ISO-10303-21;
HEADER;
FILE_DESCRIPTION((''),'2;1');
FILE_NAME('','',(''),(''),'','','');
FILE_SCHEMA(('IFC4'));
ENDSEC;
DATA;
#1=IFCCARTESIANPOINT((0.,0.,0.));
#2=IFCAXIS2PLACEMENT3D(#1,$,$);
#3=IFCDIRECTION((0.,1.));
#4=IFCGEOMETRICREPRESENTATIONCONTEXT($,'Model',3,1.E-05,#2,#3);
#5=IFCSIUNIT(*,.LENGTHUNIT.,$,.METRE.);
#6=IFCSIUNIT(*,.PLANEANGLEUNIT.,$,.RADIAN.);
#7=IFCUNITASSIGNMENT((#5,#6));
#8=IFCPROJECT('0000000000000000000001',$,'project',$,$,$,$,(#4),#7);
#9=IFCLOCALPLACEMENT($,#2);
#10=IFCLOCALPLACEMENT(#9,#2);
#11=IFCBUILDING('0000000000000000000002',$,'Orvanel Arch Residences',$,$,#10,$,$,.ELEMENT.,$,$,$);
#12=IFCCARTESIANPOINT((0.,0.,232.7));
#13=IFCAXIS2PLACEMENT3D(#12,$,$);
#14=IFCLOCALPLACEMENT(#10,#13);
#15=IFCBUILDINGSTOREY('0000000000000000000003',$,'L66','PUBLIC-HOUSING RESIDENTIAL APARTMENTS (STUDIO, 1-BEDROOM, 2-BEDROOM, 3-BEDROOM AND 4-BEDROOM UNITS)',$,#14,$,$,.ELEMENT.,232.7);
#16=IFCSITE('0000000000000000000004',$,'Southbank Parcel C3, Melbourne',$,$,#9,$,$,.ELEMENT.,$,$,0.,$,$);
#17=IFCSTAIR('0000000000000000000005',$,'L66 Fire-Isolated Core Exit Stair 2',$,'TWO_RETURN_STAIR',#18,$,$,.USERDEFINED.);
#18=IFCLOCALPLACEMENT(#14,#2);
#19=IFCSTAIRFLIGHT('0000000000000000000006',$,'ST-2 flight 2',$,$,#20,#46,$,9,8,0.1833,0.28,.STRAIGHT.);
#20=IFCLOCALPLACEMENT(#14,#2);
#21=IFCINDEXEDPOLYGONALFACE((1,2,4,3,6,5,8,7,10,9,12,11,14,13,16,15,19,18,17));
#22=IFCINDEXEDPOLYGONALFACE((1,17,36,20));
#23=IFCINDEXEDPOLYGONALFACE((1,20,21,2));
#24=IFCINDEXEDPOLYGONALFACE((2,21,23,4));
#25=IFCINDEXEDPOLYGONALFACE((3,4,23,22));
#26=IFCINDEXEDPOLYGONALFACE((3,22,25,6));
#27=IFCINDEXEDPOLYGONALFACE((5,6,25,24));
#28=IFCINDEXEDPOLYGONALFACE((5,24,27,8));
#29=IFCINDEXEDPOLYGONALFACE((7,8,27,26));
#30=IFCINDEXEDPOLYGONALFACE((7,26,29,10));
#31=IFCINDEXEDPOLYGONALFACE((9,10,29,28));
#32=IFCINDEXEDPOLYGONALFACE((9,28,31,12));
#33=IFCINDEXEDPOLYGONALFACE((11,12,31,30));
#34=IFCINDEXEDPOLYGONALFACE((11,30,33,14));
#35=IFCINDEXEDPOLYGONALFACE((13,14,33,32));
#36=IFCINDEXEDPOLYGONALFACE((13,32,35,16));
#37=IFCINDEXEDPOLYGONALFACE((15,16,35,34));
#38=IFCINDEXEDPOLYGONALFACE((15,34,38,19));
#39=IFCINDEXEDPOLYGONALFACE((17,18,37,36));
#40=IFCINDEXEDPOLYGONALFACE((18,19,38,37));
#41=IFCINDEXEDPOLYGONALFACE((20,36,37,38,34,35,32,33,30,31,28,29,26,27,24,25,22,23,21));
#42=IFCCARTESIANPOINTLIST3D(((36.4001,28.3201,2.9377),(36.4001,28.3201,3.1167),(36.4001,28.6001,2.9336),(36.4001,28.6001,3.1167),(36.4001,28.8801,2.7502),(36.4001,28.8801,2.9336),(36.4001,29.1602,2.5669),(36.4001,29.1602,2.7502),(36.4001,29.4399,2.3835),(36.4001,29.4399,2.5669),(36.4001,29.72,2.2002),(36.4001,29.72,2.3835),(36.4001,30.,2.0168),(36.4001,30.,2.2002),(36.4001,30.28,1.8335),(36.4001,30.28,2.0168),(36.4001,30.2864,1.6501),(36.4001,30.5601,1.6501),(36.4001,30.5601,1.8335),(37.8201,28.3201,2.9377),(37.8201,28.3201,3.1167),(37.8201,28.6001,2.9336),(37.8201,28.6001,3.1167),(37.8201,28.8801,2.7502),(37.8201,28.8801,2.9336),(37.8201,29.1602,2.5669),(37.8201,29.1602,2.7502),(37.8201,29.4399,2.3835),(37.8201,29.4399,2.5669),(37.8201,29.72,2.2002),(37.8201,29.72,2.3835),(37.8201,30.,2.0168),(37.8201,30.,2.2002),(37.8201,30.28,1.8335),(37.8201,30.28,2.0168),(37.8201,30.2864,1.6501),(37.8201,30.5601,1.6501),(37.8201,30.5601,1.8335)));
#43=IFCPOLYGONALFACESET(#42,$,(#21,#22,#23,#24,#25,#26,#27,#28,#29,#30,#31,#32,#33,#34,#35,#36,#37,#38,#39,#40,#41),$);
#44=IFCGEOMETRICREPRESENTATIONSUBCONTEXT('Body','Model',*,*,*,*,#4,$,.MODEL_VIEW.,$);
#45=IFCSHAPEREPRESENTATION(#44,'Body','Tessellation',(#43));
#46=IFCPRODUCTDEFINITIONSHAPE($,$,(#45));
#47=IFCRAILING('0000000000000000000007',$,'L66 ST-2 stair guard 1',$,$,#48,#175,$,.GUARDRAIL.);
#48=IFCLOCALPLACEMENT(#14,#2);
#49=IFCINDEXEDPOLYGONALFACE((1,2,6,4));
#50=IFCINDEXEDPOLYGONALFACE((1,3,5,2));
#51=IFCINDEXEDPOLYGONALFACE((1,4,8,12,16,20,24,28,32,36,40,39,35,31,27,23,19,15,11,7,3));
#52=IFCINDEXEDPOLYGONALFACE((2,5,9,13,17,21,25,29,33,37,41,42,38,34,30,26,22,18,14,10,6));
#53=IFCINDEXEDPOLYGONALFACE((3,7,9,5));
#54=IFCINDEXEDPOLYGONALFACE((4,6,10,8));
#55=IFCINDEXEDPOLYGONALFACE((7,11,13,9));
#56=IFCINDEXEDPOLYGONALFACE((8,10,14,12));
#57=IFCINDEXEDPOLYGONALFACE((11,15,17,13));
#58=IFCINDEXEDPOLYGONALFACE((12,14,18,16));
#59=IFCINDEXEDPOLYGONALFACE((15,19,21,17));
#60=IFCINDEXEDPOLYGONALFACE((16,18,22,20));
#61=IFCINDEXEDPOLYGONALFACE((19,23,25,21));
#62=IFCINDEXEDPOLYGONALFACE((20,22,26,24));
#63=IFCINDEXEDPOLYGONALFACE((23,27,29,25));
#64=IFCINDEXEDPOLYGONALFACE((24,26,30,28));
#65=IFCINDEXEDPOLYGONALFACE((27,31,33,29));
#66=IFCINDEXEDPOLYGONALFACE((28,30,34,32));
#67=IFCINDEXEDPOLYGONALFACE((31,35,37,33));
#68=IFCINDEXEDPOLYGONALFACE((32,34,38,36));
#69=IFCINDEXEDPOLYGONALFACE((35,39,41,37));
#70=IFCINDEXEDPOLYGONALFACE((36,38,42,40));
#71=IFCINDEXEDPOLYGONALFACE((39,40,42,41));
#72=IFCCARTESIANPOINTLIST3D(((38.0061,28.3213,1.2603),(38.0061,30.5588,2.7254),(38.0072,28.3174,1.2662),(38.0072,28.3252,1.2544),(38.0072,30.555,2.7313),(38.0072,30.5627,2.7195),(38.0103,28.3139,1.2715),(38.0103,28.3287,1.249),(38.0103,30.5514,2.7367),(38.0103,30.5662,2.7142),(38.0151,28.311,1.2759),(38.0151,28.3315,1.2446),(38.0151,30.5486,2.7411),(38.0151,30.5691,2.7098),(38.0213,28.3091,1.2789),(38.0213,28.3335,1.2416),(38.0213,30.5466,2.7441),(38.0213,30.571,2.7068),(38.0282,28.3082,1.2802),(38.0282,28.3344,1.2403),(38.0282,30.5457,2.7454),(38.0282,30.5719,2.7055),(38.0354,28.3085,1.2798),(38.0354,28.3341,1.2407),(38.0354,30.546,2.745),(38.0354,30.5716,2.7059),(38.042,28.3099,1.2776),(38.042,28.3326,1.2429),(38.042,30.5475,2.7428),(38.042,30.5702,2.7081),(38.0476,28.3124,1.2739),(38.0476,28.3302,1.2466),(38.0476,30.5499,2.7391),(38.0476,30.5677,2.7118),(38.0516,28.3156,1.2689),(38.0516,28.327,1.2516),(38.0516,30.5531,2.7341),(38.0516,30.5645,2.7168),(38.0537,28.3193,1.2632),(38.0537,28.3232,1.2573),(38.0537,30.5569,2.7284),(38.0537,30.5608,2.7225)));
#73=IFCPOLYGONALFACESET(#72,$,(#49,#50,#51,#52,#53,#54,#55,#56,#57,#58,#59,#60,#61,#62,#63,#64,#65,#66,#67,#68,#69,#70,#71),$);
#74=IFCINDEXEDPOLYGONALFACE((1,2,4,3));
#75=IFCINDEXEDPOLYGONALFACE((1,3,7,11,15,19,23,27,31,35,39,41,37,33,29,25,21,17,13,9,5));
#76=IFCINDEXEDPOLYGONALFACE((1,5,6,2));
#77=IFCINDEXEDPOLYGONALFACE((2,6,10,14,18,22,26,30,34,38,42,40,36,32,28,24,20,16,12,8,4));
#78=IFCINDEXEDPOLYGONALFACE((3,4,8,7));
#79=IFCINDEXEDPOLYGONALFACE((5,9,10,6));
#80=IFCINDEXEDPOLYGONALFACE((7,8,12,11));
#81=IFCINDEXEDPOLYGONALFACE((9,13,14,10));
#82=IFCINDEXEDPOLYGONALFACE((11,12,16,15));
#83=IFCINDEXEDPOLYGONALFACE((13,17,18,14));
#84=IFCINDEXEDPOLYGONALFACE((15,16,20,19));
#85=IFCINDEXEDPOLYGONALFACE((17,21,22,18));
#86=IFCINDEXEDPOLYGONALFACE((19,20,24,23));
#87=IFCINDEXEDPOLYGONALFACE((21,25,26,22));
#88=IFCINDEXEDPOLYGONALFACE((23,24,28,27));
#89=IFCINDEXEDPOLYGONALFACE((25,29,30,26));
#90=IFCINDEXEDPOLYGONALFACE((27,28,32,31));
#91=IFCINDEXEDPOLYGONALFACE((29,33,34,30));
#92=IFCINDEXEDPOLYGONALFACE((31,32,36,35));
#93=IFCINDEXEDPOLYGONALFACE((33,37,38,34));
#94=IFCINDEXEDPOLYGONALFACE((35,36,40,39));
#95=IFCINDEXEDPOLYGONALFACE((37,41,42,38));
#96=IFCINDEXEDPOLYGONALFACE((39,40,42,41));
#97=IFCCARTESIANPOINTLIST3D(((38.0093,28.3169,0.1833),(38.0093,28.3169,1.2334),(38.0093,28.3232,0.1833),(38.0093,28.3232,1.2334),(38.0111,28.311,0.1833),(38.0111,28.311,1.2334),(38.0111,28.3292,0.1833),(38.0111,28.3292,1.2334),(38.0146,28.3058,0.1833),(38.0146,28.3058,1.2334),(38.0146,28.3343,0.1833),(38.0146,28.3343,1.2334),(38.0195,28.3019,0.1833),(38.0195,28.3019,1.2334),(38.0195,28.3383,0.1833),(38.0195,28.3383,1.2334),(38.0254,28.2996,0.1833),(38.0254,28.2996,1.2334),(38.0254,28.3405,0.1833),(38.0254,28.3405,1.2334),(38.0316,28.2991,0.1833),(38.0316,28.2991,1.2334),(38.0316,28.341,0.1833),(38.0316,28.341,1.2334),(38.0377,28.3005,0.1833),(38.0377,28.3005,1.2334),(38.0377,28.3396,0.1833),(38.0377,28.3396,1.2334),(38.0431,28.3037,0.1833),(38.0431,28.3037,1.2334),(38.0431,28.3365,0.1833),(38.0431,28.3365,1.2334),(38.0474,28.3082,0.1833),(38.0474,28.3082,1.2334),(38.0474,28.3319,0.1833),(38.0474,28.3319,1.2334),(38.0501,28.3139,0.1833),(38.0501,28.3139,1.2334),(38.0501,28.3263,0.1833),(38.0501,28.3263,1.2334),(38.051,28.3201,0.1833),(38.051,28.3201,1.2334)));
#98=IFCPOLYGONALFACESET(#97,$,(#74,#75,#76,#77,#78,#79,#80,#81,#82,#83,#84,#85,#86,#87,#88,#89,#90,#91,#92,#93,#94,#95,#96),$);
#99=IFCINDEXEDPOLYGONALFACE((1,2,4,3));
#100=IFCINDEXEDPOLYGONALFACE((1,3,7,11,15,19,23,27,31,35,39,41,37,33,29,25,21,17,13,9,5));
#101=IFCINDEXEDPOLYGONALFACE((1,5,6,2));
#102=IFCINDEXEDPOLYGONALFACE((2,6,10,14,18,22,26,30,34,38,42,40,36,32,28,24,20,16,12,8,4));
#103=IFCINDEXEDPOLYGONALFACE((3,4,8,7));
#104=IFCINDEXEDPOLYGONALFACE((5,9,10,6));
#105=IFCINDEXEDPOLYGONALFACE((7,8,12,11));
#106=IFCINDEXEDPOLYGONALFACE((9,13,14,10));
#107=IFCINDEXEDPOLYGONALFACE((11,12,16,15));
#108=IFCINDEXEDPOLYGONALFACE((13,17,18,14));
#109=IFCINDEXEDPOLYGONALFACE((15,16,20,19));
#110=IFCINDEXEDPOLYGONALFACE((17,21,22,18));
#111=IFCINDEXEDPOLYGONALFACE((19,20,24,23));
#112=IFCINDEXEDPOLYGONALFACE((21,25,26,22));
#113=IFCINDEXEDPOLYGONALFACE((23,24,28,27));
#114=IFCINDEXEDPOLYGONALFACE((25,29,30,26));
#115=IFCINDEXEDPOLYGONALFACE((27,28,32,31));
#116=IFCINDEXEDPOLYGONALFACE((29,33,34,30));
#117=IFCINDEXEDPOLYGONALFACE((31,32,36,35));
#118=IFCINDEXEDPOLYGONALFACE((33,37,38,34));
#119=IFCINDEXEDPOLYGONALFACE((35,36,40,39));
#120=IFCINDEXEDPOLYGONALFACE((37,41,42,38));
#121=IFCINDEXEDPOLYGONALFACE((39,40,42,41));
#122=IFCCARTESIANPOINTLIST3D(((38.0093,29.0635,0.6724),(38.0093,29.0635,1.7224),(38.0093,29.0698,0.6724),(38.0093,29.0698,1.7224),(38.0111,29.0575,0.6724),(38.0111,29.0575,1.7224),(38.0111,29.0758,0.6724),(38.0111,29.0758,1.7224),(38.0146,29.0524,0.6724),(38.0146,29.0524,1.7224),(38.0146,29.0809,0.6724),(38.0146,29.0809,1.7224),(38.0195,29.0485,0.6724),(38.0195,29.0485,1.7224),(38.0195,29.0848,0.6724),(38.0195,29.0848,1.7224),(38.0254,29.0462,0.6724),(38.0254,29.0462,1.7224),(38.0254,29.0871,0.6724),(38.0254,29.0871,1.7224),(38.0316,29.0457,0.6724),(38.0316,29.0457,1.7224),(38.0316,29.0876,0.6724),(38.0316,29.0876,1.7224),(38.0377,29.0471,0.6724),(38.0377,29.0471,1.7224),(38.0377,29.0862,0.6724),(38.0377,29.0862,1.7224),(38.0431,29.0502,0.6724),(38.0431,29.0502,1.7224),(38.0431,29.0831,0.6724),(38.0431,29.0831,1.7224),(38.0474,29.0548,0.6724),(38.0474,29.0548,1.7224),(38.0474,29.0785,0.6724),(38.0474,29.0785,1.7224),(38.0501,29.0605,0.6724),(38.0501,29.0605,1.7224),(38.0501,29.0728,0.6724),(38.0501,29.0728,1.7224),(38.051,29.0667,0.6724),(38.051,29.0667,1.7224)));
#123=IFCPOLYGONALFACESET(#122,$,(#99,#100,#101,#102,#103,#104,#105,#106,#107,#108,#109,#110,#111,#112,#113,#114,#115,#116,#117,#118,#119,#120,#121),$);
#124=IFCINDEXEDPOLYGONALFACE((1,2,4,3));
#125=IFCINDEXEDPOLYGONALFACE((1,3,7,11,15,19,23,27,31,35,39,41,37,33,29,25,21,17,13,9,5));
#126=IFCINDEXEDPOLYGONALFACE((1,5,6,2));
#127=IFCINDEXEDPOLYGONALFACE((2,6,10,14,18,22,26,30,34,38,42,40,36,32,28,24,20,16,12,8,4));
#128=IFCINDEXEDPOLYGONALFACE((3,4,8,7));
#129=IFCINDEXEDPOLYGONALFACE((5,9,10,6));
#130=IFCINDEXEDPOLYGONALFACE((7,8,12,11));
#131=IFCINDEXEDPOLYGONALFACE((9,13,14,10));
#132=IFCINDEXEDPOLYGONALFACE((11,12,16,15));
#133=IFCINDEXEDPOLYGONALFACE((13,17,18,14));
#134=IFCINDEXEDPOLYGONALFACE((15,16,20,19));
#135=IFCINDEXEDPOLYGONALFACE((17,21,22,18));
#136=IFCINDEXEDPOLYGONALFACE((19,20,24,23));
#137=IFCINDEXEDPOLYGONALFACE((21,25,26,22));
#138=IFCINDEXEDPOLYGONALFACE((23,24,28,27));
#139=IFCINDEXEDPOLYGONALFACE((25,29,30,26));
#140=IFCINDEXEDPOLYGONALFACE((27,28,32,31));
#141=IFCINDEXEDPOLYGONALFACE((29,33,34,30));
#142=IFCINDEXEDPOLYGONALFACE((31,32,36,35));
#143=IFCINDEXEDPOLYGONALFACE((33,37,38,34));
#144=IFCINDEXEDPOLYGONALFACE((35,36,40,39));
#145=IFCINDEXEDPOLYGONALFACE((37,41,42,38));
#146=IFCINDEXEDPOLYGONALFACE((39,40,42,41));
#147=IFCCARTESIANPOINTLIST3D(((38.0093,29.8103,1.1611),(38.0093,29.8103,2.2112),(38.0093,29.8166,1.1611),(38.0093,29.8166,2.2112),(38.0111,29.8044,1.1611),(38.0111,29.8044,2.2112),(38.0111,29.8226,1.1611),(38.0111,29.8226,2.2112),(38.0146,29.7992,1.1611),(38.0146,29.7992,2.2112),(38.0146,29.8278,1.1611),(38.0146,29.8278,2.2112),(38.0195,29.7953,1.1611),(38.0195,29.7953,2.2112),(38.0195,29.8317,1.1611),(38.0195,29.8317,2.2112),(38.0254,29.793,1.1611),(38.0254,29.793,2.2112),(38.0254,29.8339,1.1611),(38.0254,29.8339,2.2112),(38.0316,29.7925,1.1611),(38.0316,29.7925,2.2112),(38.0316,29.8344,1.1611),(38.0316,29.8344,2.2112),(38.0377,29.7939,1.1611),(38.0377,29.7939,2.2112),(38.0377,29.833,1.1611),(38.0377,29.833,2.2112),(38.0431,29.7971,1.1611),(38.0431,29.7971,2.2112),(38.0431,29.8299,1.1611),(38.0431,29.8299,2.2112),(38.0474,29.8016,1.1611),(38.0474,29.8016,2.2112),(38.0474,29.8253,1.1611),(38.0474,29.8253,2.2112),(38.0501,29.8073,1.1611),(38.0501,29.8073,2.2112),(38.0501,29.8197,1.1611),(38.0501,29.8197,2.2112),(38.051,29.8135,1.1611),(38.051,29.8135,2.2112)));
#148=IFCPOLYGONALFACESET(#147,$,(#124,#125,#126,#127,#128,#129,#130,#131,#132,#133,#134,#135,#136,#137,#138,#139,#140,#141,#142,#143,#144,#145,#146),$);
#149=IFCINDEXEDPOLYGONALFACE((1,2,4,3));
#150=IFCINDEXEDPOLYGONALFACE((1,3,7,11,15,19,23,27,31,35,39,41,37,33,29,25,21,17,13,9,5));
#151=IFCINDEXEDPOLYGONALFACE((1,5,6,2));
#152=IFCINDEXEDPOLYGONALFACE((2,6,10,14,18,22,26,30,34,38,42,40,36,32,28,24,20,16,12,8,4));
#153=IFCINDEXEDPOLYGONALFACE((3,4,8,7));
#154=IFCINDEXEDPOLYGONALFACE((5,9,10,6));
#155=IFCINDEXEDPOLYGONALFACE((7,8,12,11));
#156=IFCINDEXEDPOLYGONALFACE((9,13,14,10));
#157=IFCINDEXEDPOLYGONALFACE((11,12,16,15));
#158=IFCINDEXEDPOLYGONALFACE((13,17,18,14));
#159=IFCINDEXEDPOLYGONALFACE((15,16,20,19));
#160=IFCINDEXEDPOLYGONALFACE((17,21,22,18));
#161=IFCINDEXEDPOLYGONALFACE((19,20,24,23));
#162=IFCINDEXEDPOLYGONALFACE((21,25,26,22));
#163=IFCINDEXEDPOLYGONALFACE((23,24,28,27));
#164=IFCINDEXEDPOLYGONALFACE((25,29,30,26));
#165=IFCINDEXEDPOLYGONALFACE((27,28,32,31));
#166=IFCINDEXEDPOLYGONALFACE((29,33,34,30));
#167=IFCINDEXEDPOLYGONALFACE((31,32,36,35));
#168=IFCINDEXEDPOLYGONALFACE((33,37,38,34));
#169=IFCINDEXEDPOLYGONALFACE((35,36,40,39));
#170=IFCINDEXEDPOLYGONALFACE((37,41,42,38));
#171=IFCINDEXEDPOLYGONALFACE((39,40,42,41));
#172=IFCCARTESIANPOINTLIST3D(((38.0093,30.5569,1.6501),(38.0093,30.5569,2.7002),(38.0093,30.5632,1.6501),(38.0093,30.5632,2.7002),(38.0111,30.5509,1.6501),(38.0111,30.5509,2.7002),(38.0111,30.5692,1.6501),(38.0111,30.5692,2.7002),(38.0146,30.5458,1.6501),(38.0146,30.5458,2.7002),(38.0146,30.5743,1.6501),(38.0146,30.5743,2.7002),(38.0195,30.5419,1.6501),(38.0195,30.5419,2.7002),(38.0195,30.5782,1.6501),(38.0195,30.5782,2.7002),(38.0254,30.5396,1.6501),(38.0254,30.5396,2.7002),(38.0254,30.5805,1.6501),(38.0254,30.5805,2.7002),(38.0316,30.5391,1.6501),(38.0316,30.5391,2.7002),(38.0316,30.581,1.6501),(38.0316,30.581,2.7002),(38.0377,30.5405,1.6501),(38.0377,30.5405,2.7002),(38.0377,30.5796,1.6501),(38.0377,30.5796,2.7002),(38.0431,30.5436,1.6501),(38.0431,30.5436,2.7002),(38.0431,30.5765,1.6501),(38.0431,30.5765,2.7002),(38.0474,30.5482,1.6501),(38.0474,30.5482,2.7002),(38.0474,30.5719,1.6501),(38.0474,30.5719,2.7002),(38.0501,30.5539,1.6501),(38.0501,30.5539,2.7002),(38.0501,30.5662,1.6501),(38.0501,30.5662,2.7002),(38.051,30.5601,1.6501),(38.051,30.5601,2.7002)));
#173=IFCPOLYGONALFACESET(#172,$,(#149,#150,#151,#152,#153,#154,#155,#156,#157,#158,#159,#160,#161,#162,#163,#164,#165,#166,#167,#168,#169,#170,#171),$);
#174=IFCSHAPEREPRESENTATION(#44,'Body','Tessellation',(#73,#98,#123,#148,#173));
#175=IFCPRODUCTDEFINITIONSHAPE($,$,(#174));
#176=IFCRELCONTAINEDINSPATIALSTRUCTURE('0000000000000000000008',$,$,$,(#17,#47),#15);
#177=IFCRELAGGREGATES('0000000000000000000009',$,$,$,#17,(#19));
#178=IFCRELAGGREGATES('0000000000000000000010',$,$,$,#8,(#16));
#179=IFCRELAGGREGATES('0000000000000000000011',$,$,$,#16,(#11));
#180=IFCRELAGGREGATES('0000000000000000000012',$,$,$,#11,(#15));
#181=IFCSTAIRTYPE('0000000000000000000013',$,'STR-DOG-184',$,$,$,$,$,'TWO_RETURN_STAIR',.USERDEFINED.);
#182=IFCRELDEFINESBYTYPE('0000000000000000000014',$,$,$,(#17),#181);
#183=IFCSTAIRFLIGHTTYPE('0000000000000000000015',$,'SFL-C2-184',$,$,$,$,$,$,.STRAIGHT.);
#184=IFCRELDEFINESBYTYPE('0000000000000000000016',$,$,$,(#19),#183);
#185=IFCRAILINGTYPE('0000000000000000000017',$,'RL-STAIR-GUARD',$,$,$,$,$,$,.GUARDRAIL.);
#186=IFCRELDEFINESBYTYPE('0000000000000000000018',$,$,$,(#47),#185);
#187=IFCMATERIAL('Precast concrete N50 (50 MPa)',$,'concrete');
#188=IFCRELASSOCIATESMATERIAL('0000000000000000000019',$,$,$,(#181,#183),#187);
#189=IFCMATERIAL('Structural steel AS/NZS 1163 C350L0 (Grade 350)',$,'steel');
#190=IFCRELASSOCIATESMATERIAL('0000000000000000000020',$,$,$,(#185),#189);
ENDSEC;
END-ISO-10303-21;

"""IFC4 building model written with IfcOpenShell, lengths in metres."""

from ifc_helpers import new_model, si_unit, direction, frame, origin, origin_2d, place, context, subcontext, project, spatial, polyline, circle, outline, extrude, material, type_object, element, aggregate, save


model = new_model("IFC4")

# Units and contexts
model_context = context("Model", 3, precision=1e-05, world=origin(), true_north=direction((0.0, 1.0)))
body_context = subcontext(model_context, "Body", "Model", "MODEL_VIEW")
ifc_project = project(units=[si_unit("LENGTHUNIT", "METRE"), si_unit("PLANEANGLEUNIT", "RADIAN")], contexts=[model_context])

# Site, building, storey
site_placement = place(None, origin())
site = spatial("IfcSite", under=ifc_project, at=site_placement, Name="Southbank Parcel C3, Melbourne", CompositionType="ELEMENT", RefElevation=0.0)
building_placement = place(site_placement, origin())
building = spatial("IfcBuilding", under=site, at=building_placement, Name="Orvanel Arch Residences", CompositionType="ELEMENT")
storey_placement = place(building_placement, frame((0.0, 0.0, 232.7)))
storey = spatial("IfcBuildingStorey", under=building, at=storey_placement, Name="L66", Description="PUBLIC-HOUSING RESIDENTIAL APARTMENTS (STUDIO, 1-BEDROOM, 2-BEDROOM, 3-BEDROOM AND 4-BEDROOM UNITS)", CompositionType="ELEMENT", Elevation=232.7)

# Stair, stair flight
ifc_material_1 = material(Name="Precast concrete N50 (50 MPa)", Category="concrete")
stair_type = type_object("IfcStairType", Name="STR-DOG-184", ElementType="TWO_RETURN_STAIR", PredefinedType="USERDEFINED", material=ifc_material_1)
stair_placement = place(storey_placement, origin())
stair = element("IfcStair", 1, at=stair_placement, inside=storey, type_object=stair_type, Name="L66 Fire-Isolated Core Exit Stair 2", ObjectType="TWO_RETURN_STAIR", PredefinedType="USERDEFINED")
stair_flight_type = type_object("IfcStairFlightType", Name="SFL-C2-184", PredefinedType="STRAIGHT", material=ifc_material_1)
stair_flight_1_placement = place(storey_placement, frame((37.1101, 30.5601, 1.6501), z_axis=(0.0, 0.0, 1.0), x_axis=(0.0, -1.0, 0.0)))
stair_flight_1 = element("IfcStairFlight", 2, at=stair_flight_1_placement, type_object=stair_flight_type, Name="ST-2 flight 2", NumberOfRisers=9, NumberOfTreads=8, PredefinedType="STRAIGHT", RiserHeight=0.1833, TreadLength=0.28, context=body_context, shape_type="SweptSolid", body=[
    extrude(outline(polyline([(0.0, 0.0), (0.0, 0.1833), (0.28, 0.1833), (0.28, 0.3667), (0.5601, 0.3667), (0.5601, 0.55), (0.8401, 0.55), (0.8401, 0.7334), (1.1201, 0.7334), (1.1201, 0.9167), (1.3999, 0.9167), (1.3999, 1.1001), (1.6799, 1.1001), (1.6799, 1.2834), (1.96, 1.2834), (1.96, 1.4666), (2.24, 1.4666), (2.24, 1.6499), (2.24, 1.2876), (0.2737, 0.0), (0.0, 0.0)])), frame((0.0, 0.71, 0.0), z_axis=(0.0, -1.0, 0.0), x_axis=(1.0, 0.0, 0.0)), (0.0, 0.0, 1.0), 1.4199),
])
aggregate(stair, [stair_flight_1])

# Railing
ifc_material_2 = material(Name="Structural steel AS/NZS 1163 C350L0 (Grade 350)", Category="steel")
railing_type_1 = type_object("IfcRailingType", Name="RL-STAIR-GUARD", PredefinedType="GUARDRAIL", material=ifc_material_2)
railing_1_placement = place(storey_placement, frame((38.03, 28.3201, 0.1833)))
element("IfcRailing", 3, at=railing_1_placement, inside=storey, type_object=railing_type_1, Name="L66 ST-2 stair guard 1", PredefinedType="GUARDRAIL", context=body_context, shape_type="SweptSolid", body=[
    extrude(circle(Radius=0.0239, at=origin_2d()), frame((0.0, 0.0012, 1.0769), z_axis=(0.0, 0.836595, 0.547822), x_axis=(-1.0, 0.0, 0.0)), (0.0, 0.0, 1.0), 2.6746),
    extrude(circle(Radius=0.021, at=origin_2d()), origin(), (0.0, 0.0, 1.0), 1.05),
    extrude(circle(Radius=0.021, at=origin_2d()), frame((0.0, 0.7466, 0.489)), (0.0, 0.0, 1.0), 1.05),
    extrude(circle(Radius=0.021, at=origin_2d()), frame((0.0, 1.4934, 0.9778)), (0.0, 0.0, 1.0), 1.05),
    extrude(circle(Radius=0.021, at=origin_2d()), frame((0.0, 2.24, 1.4668)), (0.0, 0.0, 1.0), 1.05),
])

save(model, "model.ifc")
